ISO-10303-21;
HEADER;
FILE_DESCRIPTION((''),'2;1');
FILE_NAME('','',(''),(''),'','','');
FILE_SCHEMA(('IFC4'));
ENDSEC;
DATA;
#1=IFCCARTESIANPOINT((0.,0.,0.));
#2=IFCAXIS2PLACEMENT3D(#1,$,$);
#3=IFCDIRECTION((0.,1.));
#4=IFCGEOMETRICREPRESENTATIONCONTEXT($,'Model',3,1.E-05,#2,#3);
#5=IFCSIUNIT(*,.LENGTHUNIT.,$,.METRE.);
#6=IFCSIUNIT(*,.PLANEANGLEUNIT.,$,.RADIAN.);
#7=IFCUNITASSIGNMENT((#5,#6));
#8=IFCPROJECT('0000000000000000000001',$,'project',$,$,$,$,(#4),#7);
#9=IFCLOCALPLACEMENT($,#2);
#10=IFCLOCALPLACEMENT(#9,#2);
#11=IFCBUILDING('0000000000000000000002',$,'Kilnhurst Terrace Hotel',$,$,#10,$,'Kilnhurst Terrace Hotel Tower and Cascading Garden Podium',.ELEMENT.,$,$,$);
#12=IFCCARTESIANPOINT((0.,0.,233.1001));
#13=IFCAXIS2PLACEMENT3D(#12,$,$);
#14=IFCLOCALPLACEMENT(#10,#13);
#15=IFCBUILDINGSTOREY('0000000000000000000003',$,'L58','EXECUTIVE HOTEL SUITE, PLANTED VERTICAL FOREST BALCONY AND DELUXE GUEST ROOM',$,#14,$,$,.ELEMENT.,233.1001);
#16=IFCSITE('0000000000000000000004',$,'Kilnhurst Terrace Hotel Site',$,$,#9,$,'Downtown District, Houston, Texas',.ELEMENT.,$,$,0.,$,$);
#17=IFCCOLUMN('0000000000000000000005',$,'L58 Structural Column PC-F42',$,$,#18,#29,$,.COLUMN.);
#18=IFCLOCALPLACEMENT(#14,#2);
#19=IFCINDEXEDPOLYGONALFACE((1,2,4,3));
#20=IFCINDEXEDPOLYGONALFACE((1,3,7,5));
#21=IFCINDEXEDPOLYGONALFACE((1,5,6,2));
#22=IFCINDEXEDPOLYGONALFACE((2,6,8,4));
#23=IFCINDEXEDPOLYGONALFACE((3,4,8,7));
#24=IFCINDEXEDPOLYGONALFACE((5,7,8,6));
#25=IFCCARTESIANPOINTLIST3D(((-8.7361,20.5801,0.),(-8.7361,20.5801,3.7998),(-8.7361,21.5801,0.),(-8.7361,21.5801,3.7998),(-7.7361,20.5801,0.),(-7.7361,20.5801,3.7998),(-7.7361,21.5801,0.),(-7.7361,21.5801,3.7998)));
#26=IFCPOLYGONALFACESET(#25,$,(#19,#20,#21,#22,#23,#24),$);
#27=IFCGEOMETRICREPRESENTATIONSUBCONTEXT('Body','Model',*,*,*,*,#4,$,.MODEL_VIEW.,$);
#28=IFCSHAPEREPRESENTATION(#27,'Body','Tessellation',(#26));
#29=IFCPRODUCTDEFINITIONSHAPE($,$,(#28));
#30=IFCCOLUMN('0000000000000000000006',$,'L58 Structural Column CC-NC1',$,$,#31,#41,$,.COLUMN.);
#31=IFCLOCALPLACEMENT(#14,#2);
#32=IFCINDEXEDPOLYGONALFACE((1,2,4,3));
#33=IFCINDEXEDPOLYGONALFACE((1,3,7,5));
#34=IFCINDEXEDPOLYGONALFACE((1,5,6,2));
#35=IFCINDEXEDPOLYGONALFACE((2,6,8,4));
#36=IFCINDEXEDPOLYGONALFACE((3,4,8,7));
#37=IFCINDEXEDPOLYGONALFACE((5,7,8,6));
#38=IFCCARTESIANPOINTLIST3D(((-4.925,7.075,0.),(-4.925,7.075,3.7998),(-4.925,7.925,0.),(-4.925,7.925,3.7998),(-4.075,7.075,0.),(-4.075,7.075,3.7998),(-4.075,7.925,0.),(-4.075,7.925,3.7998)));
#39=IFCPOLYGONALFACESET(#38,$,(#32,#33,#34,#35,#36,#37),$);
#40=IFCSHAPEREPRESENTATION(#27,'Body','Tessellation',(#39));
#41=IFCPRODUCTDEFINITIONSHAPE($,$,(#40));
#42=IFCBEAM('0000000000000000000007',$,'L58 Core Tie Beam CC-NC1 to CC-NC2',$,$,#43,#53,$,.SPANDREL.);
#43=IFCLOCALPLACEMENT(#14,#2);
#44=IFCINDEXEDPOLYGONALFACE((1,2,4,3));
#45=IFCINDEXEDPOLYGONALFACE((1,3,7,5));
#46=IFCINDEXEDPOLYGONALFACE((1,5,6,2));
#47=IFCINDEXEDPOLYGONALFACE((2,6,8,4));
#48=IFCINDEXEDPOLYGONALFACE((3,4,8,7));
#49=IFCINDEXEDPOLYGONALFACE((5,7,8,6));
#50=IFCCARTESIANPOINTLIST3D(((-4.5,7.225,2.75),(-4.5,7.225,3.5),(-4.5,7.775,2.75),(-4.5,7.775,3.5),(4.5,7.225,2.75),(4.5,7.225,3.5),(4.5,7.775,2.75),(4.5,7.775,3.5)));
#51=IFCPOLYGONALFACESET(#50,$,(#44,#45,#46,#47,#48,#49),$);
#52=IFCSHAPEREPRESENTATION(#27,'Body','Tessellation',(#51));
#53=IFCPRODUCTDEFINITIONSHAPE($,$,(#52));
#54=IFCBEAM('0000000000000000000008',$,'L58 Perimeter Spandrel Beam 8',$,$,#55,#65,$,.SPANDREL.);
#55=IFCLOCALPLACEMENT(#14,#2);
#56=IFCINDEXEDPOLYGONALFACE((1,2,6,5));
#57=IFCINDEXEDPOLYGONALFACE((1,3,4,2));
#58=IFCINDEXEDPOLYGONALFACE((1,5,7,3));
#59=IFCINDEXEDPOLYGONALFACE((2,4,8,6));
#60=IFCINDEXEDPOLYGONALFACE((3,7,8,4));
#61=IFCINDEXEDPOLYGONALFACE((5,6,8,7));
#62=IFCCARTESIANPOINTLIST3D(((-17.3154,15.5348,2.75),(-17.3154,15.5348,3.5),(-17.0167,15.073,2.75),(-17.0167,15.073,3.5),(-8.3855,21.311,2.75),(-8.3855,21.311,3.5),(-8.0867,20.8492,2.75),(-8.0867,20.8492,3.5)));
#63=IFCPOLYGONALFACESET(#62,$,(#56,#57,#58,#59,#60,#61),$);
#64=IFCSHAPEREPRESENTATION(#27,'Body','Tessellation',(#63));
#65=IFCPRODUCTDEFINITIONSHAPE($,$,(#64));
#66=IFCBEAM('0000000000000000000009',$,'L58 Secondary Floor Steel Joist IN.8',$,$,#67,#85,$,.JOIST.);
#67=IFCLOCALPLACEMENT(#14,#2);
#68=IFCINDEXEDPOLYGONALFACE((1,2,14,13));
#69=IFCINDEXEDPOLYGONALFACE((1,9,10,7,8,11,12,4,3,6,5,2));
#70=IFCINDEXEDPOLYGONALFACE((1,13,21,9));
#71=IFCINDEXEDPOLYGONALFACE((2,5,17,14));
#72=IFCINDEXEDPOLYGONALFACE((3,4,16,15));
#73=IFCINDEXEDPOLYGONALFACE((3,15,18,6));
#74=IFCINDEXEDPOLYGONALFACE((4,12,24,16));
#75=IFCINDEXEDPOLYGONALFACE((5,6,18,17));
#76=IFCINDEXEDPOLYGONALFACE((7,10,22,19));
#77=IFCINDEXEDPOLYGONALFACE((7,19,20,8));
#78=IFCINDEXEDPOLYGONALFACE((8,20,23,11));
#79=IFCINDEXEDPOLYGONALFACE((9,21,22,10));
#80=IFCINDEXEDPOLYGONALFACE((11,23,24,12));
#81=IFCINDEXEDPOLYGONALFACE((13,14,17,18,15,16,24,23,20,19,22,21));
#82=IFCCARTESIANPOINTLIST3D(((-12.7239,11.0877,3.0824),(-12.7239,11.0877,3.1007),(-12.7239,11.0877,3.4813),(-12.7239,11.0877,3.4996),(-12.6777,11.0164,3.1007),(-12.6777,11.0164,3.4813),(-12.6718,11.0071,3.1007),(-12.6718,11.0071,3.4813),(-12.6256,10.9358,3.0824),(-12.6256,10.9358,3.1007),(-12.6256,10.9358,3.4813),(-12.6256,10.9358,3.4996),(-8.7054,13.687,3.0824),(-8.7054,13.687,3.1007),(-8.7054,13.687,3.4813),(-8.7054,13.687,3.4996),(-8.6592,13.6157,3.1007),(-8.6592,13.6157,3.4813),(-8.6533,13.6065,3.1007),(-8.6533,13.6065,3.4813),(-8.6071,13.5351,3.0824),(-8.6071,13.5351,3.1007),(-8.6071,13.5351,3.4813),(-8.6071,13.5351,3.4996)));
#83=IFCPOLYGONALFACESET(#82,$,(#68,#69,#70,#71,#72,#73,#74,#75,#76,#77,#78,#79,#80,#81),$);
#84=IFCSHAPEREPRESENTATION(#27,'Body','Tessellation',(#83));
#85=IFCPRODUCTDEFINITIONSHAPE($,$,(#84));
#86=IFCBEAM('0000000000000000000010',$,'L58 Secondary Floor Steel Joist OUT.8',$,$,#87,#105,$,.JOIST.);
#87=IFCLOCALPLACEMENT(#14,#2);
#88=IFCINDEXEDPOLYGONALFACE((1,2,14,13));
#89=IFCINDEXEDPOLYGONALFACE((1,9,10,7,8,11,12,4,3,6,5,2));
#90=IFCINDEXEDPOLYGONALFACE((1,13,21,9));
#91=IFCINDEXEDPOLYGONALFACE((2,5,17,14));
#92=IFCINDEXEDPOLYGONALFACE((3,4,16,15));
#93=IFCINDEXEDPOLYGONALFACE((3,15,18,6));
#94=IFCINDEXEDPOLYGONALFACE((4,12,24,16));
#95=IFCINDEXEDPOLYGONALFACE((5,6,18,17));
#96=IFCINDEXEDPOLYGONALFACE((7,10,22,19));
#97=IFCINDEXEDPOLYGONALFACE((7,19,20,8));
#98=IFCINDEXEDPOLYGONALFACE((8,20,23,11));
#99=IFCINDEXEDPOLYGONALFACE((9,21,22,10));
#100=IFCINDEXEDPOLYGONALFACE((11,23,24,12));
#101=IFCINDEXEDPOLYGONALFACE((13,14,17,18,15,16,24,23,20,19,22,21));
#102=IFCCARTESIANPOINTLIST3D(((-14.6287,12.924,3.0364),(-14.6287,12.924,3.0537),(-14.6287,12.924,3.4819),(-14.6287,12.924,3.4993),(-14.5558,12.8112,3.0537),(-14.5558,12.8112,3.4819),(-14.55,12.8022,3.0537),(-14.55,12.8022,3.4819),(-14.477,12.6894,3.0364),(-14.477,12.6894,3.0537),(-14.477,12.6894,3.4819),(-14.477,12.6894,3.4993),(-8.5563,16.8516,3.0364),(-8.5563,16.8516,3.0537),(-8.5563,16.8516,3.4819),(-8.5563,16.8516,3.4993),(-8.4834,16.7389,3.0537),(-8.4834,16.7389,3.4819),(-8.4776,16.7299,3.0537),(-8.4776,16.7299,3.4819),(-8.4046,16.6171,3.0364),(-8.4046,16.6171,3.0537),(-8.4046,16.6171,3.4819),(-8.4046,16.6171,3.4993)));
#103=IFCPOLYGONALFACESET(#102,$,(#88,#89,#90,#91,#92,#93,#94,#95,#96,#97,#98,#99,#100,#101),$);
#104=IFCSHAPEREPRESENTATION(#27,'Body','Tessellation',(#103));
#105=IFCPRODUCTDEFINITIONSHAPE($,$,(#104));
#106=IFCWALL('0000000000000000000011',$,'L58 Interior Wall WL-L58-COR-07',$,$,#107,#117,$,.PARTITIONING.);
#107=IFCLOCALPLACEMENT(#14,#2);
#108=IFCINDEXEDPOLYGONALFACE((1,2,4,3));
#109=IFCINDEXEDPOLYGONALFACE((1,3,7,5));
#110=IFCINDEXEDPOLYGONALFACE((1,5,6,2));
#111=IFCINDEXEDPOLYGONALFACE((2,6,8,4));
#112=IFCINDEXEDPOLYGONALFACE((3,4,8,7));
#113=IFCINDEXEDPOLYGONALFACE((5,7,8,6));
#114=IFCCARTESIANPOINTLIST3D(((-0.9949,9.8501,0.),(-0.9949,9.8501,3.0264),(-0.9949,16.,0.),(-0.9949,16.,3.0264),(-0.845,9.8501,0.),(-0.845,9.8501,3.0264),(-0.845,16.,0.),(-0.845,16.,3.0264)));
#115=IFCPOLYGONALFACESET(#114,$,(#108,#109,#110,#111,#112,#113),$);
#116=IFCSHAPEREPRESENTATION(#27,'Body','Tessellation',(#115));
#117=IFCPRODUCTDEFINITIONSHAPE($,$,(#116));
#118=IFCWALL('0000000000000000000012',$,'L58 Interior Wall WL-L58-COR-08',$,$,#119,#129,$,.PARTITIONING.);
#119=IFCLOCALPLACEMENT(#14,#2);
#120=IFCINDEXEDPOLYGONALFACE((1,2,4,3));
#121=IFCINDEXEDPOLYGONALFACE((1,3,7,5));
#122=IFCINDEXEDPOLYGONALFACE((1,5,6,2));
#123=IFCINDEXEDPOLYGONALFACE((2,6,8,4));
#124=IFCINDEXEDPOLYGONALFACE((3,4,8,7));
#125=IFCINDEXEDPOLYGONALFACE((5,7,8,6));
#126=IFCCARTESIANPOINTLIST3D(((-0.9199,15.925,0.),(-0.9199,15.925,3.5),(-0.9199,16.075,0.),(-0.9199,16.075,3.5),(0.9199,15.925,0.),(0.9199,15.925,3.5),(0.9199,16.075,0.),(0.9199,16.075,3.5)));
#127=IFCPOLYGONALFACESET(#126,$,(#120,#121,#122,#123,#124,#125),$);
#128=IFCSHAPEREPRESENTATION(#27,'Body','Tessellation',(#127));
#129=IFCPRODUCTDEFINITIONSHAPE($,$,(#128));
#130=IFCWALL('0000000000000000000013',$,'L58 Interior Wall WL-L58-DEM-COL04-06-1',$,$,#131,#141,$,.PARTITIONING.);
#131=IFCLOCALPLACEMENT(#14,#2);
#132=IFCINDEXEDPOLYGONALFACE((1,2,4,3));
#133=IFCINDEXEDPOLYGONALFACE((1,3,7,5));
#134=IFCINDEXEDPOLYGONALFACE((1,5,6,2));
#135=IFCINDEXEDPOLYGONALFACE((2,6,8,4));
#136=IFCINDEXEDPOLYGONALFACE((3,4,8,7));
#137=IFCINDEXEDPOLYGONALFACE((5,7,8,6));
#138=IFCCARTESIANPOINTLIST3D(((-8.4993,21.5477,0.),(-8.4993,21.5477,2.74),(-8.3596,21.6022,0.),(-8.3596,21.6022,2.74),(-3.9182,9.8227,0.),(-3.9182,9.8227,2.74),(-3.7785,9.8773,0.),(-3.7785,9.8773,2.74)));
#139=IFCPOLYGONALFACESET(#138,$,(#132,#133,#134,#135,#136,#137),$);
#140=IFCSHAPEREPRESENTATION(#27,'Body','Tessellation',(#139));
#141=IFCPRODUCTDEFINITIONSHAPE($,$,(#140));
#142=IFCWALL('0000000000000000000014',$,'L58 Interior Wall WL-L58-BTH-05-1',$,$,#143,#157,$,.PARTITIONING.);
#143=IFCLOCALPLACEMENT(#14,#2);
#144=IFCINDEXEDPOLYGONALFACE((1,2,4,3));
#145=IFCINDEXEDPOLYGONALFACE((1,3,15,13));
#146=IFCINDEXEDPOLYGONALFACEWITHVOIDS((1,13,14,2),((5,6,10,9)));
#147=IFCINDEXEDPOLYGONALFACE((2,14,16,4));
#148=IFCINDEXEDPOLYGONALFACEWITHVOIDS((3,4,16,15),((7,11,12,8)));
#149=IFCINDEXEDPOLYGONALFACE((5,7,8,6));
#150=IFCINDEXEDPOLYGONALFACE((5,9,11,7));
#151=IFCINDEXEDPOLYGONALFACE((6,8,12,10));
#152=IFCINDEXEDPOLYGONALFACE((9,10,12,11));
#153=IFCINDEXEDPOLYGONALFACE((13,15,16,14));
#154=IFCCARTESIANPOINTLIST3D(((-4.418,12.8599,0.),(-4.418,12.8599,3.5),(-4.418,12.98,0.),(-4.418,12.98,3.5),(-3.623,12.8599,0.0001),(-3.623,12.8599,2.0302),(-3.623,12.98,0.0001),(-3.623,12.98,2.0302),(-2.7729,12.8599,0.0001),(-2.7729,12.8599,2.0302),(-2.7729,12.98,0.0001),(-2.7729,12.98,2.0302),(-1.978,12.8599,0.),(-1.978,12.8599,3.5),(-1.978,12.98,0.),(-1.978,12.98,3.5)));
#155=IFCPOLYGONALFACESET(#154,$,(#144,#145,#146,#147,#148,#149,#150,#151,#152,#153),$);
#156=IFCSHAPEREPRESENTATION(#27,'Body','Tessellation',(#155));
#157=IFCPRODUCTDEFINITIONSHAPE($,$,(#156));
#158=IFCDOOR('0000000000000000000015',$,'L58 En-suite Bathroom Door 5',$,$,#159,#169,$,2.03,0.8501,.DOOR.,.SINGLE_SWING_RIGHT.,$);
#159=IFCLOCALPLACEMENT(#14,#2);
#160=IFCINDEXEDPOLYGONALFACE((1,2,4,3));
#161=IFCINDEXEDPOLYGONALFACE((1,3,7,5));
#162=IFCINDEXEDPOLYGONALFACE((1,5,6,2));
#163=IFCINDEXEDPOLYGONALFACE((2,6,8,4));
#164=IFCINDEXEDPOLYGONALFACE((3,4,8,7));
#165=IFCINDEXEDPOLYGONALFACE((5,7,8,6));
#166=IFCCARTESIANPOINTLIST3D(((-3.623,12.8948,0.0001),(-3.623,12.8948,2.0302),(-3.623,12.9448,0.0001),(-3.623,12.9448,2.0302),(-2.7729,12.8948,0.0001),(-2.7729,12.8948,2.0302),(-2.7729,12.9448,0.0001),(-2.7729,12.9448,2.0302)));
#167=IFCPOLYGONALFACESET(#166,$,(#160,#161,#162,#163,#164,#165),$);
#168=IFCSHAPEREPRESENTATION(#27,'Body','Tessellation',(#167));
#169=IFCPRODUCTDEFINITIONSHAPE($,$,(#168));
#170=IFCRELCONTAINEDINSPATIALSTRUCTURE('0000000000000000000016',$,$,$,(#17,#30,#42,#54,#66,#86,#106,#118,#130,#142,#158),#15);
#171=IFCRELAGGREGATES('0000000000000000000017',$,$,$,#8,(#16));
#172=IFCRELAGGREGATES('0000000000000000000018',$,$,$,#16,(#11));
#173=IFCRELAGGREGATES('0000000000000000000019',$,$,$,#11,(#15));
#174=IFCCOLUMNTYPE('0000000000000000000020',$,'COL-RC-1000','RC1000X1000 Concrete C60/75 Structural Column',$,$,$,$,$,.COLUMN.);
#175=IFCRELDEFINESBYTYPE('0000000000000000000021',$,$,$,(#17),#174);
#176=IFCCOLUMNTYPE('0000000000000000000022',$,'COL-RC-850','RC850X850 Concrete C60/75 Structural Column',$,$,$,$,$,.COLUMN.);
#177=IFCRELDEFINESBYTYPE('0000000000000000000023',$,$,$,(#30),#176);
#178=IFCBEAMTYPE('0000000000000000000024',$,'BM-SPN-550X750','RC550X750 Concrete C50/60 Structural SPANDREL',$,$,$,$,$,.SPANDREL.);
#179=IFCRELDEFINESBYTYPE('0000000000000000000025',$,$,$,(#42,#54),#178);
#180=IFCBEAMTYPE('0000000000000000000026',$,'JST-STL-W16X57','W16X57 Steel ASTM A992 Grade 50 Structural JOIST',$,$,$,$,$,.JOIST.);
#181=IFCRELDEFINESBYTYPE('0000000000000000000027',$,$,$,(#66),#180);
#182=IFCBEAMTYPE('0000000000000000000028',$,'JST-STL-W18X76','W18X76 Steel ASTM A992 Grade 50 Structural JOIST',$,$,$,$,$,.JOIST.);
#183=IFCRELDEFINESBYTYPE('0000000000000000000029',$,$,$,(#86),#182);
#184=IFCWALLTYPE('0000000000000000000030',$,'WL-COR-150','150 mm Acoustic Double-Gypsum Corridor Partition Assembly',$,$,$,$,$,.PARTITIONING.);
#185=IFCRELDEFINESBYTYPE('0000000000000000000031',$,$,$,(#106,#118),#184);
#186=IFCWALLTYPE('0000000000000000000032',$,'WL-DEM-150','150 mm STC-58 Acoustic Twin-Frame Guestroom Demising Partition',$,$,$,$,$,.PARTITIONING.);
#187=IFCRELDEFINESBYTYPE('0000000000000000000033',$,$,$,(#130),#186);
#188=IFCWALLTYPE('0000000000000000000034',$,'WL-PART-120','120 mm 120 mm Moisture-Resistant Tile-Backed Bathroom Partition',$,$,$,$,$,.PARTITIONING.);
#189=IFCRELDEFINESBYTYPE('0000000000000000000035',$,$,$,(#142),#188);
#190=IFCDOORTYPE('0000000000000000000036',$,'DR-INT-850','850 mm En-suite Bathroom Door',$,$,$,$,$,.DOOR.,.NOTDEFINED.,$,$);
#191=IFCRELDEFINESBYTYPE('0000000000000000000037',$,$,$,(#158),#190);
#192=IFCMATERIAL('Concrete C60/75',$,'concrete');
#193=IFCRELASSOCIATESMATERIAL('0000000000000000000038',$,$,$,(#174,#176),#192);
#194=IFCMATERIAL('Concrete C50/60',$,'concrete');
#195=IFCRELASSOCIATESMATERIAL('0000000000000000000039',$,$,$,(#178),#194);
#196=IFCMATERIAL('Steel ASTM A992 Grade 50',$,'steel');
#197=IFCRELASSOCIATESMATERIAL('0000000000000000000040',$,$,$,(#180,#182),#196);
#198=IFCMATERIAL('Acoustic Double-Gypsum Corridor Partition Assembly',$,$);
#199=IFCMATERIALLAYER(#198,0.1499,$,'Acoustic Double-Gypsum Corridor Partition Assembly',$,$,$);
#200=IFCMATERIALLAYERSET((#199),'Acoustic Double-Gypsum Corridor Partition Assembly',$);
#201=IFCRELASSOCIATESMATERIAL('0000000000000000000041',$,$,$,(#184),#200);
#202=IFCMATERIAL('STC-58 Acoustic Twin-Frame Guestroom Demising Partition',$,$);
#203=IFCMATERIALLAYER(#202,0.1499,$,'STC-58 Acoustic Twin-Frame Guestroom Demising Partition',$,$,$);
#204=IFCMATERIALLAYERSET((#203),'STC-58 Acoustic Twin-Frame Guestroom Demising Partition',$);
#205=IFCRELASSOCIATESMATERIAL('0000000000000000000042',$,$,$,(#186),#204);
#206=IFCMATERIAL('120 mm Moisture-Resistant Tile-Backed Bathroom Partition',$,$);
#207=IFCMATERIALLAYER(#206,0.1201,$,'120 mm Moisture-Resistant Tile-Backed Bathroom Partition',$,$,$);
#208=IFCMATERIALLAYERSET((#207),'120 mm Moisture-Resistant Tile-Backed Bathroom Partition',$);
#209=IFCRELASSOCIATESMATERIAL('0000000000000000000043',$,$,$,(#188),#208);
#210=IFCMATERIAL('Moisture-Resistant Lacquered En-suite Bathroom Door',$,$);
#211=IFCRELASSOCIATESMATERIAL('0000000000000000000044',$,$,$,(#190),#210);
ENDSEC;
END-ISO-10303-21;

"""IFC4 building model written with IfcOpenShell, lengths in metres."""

from ifc_helpers import new_model, si_unit, direction, frame, frame_2d, origin, origin_2d, place, context, subcontext, project, spatial, rectangle, i_section, extrude, material, layer, layer_set, material_profile, profile_set, type_object, element, fill, save


model = new_model("IFC4")

# Units and contexts
model_context = context("Model", 3, precision=1e-05, world=origin(), true_north=direction((0.0, 1.0)))
body_context = subcontext(model_context, "Body", "Model", "MODEL_VIEW")
ifc_project = project(units=[si_unit("LENGTHUNIT", "METRE"), si_unit("PLANEANGLEUNIT", "RADIAN")], contexts=[model_context])

# Site, building, storey
site_placement = place(None, origin())
site = spatial("IfcSite", under=ifc_project, at=site_placement, Name="Kilnhurst Terrace Hotel Site", LongName="Downtown District, Houston, Texas", CompositionType="ELEMENT", RefElevation=0.0)
building_placement = place(site_placement, origin())
building = spatial("IfcBuilding", under=site, at=building_placement, Name="Kilnhurst Terrace Hotel", LongName="Kilnhurst Terrace Hotel Tower and Cascading Garden Podium", CompositionType="ELEMENT")
storey_placement = place(building_placement, frame((0.0, 0.0, 233.1001)))
storey = spatial("IfcBuildingStorey", under=building, at=storey_placement, Name="L58", Description="EXECUTIVE HOTEL SUITE, PLANTED VERTICAL FOREST BALCONY AND DELUXE GUEST ROOM", CompositionType="ELEMENT", Elevation=233.1001)

# Columns
ifc_material_1 = material(Name="Concrete C60/75", Category="concrete")
ifc_material_profile_1 = material_profile(ifc_material_1, rectangle(XDim=1.0, YDim=1.0, at=origin_2d()), Name="RC1000X1000")
ifc_profile_set_1 = profile_set([ifc_material_profile_1], Name="Concrete C60/75")
column_type_1 = type_object("IfcColumnType", Name="COL-RC-1000", Description="RC1000X1000 Concrete C60/75 Structural Column", PredefinedType="COLUMN", material=ifc_profile_set_1)
column_1_placement = place(storey_placement, frame((-8.2361, 21.0801, 0.0), z_axis=(0.0, 0.0, 1.0), x_axis=(1.0, 0.0, 0.0)))
element("IfcColumn", 1, at=column_1_placement, inside=storey, type_object=column_type_1, Name="L58 Structural Column PC-F42", PredefinedType="COLUMN", context=body_context, shape_type="SweptSolid", body=[
    extrude(rectangle(XDim=1.0, YDim=1.0, at=origin_2d()), origin(), (0.0, 0.0, 1.0), 3.7998),
])
ifc_material_profile_2 = material_profile(ifc_material_1, rectangle(XDim=0.8501, YDim=0.8501, at=origin_2d()), Name="RC850X850")
ifc_profile_set_2 = profile_set([ifc_material_profile_2], Name="Concrete C60/75")
column_type_2 = type_object("IfcColumnType", Name="COL-RC-850", Description="RC850X850 Concrete C60/75 Structural Column", PredefinedType="COLUMN", material=ifc_profile_set_2)
column_2_placement = place(storey_placement, frame((-4.5, 7.5, 0.0), z_axis=(0.0, 0.0, 1.0), x_axis=(1.0, 0.0, 0.0)))
element("IfcColumn", 2, at=column_2_placement, inside=storey, type_object=column_type_2, Name="L58 Structural Column CC-NC1", PredefinedType="COLUMN", context=body_context, shape_type="SweptSolid", body=[
    extrude(rectangle(XDim=0.8501, YDim=0.8501, at=origin_2d()), origin(), (0.0, 0.0, 1.0), 3.7998),
])

# Beams
ifc_material_2 = material(Name="Concrete C50/60", Category="concrete")
ifc_material_profile_3 = material_profile(ifc_material_2, rectangle(XDim=0.55, YDim=0.75, at=origin_2d()), Name="RC550X750")
ifc_profile_set_3 = profile_set([ifc_material_profile_3], Name="Concrete C50/60")
beam_type_1 = type_object("IfcBeamType", Name="BM-SPN-550X750", Description="RC550X750 Concrete C50/60 Structural SPANDREL", PredefinedType="SPANDREL", material=ifc_profile_set_3)
beam_1_placement = place(storey_placement, frame((-4.5, 7.5, 3.125), z_axis=(1.0, 0.0, 0.0), x_axis=(0.0, 1.0, 0.0)))
element("IfcBeam", 3, at=beam_1_placement, inside=storey, type_object=beam_type_1, Name="L58 Core Tie Beam CC-NC1 to CC-NC2", PredefinedType="SPANDREL", context=body_context, shape_type="SweptSolid", body=[
    extrude(rectangle(XDim=0.55, YDim=0.75, at=origin_2d()), origin(), (0.0, 0.0, 1.0), 9.0),
])
beam_2_placement = place(storey_placement, frame((-8.2361, 21.0801, 3.125), z_axis=(-0.839659, -0.543114, 0.0), x_axis=(0.543114, -0.839659, 0.0)))
element("IfcBeam", 4, at=beam_2_placement, inside=storey, type_object=beam_type_1, Name="L58 Perimeter Spandrel Beam 8", PredefinedType="SPANDREL", context=body_context, shape_type="SweptSolid", body=[
    extrude(rectangle(XDim=0.55, YDim=0.75, at=origin_2d()), origin(), (0.0, 0.0, 1.0), 10.6353),
])
ifc_material_3 = material(Name="Steel ASTM A992 Grade 50", Category="steel")
ifc_material_profile_4 = material_profile(ifc_material_3, i_section(OverallWidth=0.1809, OverallDepth=0.4172, WebThickness=0.011, FlangeThickness=0.0183, at=origin_2d()), Name="W16X57")
ifc_profile_set_4 = profile_set([ifc_material_profile_4], Name="Steel ASTM A992 Grade 50")
beam_type_2 = type_object("IfcBeamType", Name="JST-STL-W16X57", Description="W16X57 Steel ASTM A992 Grade 50 Structural JOIST", PredefinedType="JOIST", material=ifc_profile_set_4)
beam_3_placement = place(storey_placement, frame((-8.6562, 13.6111, 3.291), z_axis=(-0.839654, -0.543122, 0.0), x_axis=(0.543122, -0.839654, 0.0)))
element("IfcBeam", 5, at=beam_3_placement, inside=storey, type_object=beam_type_2, Name="L58 Secondary Floor Steel Joist IN.8", PredefinedType="JOIST", context=body_context, shape_type="SweptSolid", body=[
    extrude(i_section(OverallWidth=0.1809, OverallDepth=0.4172, WebThickness=0.011, FlangeThickness=0.0183, at=origin_2d()), origin(), (0.0, 0.0, 1.0), 4.7859),
])
ifc_material_profile_5 = material_profile(ifc_material_3, i_section(OverallWidth=0.2793, OverallDepth=0.4629, WebThickness=0.0107, FlangeThickness=0.0173, at=origin_2d()), Name="W18X76")
ifc_profile_set_5 = profile_set([ifc_material_profile_5], Name="Steel ASTM A992 Grade 50")
beam_type_3 = type_object("IfcBeamType", Name="JST-STL-W18X76", Description="W18X76 Steel ASTM A992 Grade 50 Structural JOIST", PredefinedType="JOIST", material=ifc_profile_set_5)
beam_4_placement = place(storey_placement, frame((-8.4805, 16.7344, 3.2678), z_axis=(-0.839667, -0.543101, 0.0), x_axis=(0.543101, -0.839667, 0.0)))
element("IfcBeam", 6, at=beam_4_placement, inside=storey, type_object=beam_type_3, Name="L58 Secondary Floor Steel Joist OUT.8", PredefinedType="JOIST", context=body_context, shape_type="SweptSolid", body=[
    extrude(i_section(OverallWidth=0.2793, OverallDepth=0.4629, WebThickness=0.0107, FlangeThickness=0.0173, at=origin_2d()), origin(), (0.0, 0.0, 1.0), 7.2319),
])

# Walls
ifc_material_4 = material(Name="Acoustic Double-Gypsum Corridor Partition Assembly")
ifc_layer_1 = layer(ifc_material_4, 0.1499, Name="Acoustic Double-Gypsum Corridor Partition Assembly")
ifc_layer_set_1 = layer_set([ifc_layer_1], Name="Acoustic Double-Gypsum Corridor Partition Assembly")
wall_type_1 = type_object("IfcWallType", Name="WL-COR-150", Description="150 mm Acoustic Double-Gypsum Corridor Partition Assembly", PredefinedType="PARTITIONING", material=ifc_layer_set_1)
wall_1_placement = place(storey_placement, frame((-0.9199, 9.8501, 0.0), z_axis=(0.0, 0.0, 1.0), x_axis=(0.0, 1.0, 0.0)))
element("IfcWall", 7, at=wall_1_placement, inside=storey, type_object=wall_type_1, Name="L58 Interior Wall WL-L58-COR-07", PredefinedType="PARTITIONING", context=body_context, shape_type="SweptSolid", body=[
    extrude(rectangle(XDim=6.1499, YDim=0.1499, at=frame_2d((3.075, 0.0))), origin(), (0.0, 0.0, 1.0), 3.0264),
])
wall_2_placement = place(storey_placement, frame((-0.9199, 16.0, 0.0), z_axis=(0.0, 0.0, 1.0), x_axis=(1.0, 0.0, 0.0)))
element("IfcWall", 8, at=wall_2_placement, inside=storey, type_object=wall_type_1, Name="L58 Interior Wall WL-L58-COR-08", PredefinedType="PARTITIONING", context=body_context, shape_type="SweptSolid", body=[
    extrude(rectangle(XDim=1.8398, YDim=0.1499, at=frame_2d((0.9199, 0.0))), origin(), (0.0, 0.0, 1.0), 3.5),
])
ifc_material_5 = material(Name="STC-58 Acoustic Twin-Frame Guestroom Demising Partition")
ifc_layer_2 = layer(ifc_material_5, 0.1499, Name="STC-58 Acoustic Twin-Frame Guestroom Demising Partition")
ifc_layer_set_2 = layer_set([ifc_layer_2], Name="STC-58 Acoustic Twin-Frame Guestroom Demising Partition")
wall_type_2 = type_object("IfcWallType", Name="WL-DEM-150", Description="150 mm STC-58 Acoustic Twin-Frame Guestroom Demising Partition", PredefinedType="PARTITIONING", material=ifc_layer_set_2)
wall_3_placement = place(storey_placement, frame((-3.8484, 9.8501, 0.0), z_axis=(0.0, 0.0, 1.0), x_axis=(-0.363922, 0.93143, 0.0)))
element("IfcWall", 9, at=wall_3_placement, inside=storey, type_object=wall_type_2, Name="L58 Interior Wall WL-L58-DEM-COL04-06-1", PredefinedType="PARTITIONING", context=body_context, shape_type="SweptSolid", body=[
    extrude(rectangle(XDim=12.5881, YDim=0.1499, at=frame_2d((6.2939, 0.0))), origin(), (0.0, 0.0, 1.0), 2.74),
])

# Wall, opening, door
ifc_material_6 = material(Name="120 mm Moisture-Resistant Tile-Backed Bathroom Partition")
ifc_layer_3 = layer(ifc_material_6, 0.1201, Name="120 mm Moisture-Resistant Tile-Backed Bathroom Partition")
ifc_layer_set_3 = layer_set([ifc_layer_3], Name="120 mm Moisture-Resistant Tile-Backed Bathroom Partition")
wall_type_3 = type_object("IfcWallType", Name="WL-PART-120", Description="120 mm 120 mm Moisture-Resistant Tile-Backed Bathroom Partition", PredefinedType="PARTITIONING", material=ifc_layer_set_3)
wall_4_placement = place(storey_placement, frame((-4.418, 12.9199, 0.0), z_axis=(0.0, 0.0, 1.0), x_axis=(1.0, 0.0, 0.0)))
wall_4 = element("IfcWall", 10, at=wall_4_placement, inside=storey, type_object=wall_type_3, Name="L58 Interior Wall WL-L58-BTH-05-1", PredefinedType="PARTITIONING", context=body_context, shape_type="SweptSolid", body=[
    extrude(rectangle(XDim=2.4399, YDim=0.1201, at=frame_2d((1.22, 0.0))), origin(), (0.0, 0.0, 1.0), 3.5),
])
opening_1_placement = place(wall_4_placement, frame((0.7949, 0.0, 0.0)))
opening_1 = element("IfcOpeningElement", 11, at=opening_1_placement, cuts=wall_4, PredefinedType="OPENING", context=body_context, shape_type="SweptSolid", body=[
    extrude(rectangle(XDim=0.8501, YDim=2.03, at=frame_2d((0.425, 1.0151))), frame((0.0, 0.0701, 0.0), z_axis=(0.0, -1.0, 0.0), x_axis=(1.0, 0.0, 0.0)), (0.0, 0.0, 1.0), 0.1401),
])
ifc_material_7 = material(Name="Moisture-Resistant Lacquered En-suite Bathroom Door")
door_type_1 = type_object("IfcDoorType", Name="DR-INT-850", Description="850 mm En-suite Bathroom Door", OperationType="NOTDEFINED", PredefinedType="DOOR", material=ifc_material_7)
door_1_placement = place(opening_1_placement, origin())
door_1 = element("IfcDoor", 12, at=door_1_placement, inside=storey, type_object=door_type_1, Name="L58 En-suite Bathroom Door 5", OperationType="SINGLE_SWING_RIGHT", OverallHeight=2.03, OverallWidth=0.8501, PredefinedType="DOOR", context=body_context, shape_type="SweptSolid", body=[
    extrude(rectangle(XDim=0.8501, YDim=2.03, at=frame_2d((0.425, 1.0151))), frame((0.0, 0.0249, 0.0), z_axis=(0.0, -1.0, 0.0), x_axis=(1.0, 0.0, 0.0)), (0.0, 0.0, 1.0), 0.05),
])
fill(opening_1, door_1)

save(model, "model.ifc")
